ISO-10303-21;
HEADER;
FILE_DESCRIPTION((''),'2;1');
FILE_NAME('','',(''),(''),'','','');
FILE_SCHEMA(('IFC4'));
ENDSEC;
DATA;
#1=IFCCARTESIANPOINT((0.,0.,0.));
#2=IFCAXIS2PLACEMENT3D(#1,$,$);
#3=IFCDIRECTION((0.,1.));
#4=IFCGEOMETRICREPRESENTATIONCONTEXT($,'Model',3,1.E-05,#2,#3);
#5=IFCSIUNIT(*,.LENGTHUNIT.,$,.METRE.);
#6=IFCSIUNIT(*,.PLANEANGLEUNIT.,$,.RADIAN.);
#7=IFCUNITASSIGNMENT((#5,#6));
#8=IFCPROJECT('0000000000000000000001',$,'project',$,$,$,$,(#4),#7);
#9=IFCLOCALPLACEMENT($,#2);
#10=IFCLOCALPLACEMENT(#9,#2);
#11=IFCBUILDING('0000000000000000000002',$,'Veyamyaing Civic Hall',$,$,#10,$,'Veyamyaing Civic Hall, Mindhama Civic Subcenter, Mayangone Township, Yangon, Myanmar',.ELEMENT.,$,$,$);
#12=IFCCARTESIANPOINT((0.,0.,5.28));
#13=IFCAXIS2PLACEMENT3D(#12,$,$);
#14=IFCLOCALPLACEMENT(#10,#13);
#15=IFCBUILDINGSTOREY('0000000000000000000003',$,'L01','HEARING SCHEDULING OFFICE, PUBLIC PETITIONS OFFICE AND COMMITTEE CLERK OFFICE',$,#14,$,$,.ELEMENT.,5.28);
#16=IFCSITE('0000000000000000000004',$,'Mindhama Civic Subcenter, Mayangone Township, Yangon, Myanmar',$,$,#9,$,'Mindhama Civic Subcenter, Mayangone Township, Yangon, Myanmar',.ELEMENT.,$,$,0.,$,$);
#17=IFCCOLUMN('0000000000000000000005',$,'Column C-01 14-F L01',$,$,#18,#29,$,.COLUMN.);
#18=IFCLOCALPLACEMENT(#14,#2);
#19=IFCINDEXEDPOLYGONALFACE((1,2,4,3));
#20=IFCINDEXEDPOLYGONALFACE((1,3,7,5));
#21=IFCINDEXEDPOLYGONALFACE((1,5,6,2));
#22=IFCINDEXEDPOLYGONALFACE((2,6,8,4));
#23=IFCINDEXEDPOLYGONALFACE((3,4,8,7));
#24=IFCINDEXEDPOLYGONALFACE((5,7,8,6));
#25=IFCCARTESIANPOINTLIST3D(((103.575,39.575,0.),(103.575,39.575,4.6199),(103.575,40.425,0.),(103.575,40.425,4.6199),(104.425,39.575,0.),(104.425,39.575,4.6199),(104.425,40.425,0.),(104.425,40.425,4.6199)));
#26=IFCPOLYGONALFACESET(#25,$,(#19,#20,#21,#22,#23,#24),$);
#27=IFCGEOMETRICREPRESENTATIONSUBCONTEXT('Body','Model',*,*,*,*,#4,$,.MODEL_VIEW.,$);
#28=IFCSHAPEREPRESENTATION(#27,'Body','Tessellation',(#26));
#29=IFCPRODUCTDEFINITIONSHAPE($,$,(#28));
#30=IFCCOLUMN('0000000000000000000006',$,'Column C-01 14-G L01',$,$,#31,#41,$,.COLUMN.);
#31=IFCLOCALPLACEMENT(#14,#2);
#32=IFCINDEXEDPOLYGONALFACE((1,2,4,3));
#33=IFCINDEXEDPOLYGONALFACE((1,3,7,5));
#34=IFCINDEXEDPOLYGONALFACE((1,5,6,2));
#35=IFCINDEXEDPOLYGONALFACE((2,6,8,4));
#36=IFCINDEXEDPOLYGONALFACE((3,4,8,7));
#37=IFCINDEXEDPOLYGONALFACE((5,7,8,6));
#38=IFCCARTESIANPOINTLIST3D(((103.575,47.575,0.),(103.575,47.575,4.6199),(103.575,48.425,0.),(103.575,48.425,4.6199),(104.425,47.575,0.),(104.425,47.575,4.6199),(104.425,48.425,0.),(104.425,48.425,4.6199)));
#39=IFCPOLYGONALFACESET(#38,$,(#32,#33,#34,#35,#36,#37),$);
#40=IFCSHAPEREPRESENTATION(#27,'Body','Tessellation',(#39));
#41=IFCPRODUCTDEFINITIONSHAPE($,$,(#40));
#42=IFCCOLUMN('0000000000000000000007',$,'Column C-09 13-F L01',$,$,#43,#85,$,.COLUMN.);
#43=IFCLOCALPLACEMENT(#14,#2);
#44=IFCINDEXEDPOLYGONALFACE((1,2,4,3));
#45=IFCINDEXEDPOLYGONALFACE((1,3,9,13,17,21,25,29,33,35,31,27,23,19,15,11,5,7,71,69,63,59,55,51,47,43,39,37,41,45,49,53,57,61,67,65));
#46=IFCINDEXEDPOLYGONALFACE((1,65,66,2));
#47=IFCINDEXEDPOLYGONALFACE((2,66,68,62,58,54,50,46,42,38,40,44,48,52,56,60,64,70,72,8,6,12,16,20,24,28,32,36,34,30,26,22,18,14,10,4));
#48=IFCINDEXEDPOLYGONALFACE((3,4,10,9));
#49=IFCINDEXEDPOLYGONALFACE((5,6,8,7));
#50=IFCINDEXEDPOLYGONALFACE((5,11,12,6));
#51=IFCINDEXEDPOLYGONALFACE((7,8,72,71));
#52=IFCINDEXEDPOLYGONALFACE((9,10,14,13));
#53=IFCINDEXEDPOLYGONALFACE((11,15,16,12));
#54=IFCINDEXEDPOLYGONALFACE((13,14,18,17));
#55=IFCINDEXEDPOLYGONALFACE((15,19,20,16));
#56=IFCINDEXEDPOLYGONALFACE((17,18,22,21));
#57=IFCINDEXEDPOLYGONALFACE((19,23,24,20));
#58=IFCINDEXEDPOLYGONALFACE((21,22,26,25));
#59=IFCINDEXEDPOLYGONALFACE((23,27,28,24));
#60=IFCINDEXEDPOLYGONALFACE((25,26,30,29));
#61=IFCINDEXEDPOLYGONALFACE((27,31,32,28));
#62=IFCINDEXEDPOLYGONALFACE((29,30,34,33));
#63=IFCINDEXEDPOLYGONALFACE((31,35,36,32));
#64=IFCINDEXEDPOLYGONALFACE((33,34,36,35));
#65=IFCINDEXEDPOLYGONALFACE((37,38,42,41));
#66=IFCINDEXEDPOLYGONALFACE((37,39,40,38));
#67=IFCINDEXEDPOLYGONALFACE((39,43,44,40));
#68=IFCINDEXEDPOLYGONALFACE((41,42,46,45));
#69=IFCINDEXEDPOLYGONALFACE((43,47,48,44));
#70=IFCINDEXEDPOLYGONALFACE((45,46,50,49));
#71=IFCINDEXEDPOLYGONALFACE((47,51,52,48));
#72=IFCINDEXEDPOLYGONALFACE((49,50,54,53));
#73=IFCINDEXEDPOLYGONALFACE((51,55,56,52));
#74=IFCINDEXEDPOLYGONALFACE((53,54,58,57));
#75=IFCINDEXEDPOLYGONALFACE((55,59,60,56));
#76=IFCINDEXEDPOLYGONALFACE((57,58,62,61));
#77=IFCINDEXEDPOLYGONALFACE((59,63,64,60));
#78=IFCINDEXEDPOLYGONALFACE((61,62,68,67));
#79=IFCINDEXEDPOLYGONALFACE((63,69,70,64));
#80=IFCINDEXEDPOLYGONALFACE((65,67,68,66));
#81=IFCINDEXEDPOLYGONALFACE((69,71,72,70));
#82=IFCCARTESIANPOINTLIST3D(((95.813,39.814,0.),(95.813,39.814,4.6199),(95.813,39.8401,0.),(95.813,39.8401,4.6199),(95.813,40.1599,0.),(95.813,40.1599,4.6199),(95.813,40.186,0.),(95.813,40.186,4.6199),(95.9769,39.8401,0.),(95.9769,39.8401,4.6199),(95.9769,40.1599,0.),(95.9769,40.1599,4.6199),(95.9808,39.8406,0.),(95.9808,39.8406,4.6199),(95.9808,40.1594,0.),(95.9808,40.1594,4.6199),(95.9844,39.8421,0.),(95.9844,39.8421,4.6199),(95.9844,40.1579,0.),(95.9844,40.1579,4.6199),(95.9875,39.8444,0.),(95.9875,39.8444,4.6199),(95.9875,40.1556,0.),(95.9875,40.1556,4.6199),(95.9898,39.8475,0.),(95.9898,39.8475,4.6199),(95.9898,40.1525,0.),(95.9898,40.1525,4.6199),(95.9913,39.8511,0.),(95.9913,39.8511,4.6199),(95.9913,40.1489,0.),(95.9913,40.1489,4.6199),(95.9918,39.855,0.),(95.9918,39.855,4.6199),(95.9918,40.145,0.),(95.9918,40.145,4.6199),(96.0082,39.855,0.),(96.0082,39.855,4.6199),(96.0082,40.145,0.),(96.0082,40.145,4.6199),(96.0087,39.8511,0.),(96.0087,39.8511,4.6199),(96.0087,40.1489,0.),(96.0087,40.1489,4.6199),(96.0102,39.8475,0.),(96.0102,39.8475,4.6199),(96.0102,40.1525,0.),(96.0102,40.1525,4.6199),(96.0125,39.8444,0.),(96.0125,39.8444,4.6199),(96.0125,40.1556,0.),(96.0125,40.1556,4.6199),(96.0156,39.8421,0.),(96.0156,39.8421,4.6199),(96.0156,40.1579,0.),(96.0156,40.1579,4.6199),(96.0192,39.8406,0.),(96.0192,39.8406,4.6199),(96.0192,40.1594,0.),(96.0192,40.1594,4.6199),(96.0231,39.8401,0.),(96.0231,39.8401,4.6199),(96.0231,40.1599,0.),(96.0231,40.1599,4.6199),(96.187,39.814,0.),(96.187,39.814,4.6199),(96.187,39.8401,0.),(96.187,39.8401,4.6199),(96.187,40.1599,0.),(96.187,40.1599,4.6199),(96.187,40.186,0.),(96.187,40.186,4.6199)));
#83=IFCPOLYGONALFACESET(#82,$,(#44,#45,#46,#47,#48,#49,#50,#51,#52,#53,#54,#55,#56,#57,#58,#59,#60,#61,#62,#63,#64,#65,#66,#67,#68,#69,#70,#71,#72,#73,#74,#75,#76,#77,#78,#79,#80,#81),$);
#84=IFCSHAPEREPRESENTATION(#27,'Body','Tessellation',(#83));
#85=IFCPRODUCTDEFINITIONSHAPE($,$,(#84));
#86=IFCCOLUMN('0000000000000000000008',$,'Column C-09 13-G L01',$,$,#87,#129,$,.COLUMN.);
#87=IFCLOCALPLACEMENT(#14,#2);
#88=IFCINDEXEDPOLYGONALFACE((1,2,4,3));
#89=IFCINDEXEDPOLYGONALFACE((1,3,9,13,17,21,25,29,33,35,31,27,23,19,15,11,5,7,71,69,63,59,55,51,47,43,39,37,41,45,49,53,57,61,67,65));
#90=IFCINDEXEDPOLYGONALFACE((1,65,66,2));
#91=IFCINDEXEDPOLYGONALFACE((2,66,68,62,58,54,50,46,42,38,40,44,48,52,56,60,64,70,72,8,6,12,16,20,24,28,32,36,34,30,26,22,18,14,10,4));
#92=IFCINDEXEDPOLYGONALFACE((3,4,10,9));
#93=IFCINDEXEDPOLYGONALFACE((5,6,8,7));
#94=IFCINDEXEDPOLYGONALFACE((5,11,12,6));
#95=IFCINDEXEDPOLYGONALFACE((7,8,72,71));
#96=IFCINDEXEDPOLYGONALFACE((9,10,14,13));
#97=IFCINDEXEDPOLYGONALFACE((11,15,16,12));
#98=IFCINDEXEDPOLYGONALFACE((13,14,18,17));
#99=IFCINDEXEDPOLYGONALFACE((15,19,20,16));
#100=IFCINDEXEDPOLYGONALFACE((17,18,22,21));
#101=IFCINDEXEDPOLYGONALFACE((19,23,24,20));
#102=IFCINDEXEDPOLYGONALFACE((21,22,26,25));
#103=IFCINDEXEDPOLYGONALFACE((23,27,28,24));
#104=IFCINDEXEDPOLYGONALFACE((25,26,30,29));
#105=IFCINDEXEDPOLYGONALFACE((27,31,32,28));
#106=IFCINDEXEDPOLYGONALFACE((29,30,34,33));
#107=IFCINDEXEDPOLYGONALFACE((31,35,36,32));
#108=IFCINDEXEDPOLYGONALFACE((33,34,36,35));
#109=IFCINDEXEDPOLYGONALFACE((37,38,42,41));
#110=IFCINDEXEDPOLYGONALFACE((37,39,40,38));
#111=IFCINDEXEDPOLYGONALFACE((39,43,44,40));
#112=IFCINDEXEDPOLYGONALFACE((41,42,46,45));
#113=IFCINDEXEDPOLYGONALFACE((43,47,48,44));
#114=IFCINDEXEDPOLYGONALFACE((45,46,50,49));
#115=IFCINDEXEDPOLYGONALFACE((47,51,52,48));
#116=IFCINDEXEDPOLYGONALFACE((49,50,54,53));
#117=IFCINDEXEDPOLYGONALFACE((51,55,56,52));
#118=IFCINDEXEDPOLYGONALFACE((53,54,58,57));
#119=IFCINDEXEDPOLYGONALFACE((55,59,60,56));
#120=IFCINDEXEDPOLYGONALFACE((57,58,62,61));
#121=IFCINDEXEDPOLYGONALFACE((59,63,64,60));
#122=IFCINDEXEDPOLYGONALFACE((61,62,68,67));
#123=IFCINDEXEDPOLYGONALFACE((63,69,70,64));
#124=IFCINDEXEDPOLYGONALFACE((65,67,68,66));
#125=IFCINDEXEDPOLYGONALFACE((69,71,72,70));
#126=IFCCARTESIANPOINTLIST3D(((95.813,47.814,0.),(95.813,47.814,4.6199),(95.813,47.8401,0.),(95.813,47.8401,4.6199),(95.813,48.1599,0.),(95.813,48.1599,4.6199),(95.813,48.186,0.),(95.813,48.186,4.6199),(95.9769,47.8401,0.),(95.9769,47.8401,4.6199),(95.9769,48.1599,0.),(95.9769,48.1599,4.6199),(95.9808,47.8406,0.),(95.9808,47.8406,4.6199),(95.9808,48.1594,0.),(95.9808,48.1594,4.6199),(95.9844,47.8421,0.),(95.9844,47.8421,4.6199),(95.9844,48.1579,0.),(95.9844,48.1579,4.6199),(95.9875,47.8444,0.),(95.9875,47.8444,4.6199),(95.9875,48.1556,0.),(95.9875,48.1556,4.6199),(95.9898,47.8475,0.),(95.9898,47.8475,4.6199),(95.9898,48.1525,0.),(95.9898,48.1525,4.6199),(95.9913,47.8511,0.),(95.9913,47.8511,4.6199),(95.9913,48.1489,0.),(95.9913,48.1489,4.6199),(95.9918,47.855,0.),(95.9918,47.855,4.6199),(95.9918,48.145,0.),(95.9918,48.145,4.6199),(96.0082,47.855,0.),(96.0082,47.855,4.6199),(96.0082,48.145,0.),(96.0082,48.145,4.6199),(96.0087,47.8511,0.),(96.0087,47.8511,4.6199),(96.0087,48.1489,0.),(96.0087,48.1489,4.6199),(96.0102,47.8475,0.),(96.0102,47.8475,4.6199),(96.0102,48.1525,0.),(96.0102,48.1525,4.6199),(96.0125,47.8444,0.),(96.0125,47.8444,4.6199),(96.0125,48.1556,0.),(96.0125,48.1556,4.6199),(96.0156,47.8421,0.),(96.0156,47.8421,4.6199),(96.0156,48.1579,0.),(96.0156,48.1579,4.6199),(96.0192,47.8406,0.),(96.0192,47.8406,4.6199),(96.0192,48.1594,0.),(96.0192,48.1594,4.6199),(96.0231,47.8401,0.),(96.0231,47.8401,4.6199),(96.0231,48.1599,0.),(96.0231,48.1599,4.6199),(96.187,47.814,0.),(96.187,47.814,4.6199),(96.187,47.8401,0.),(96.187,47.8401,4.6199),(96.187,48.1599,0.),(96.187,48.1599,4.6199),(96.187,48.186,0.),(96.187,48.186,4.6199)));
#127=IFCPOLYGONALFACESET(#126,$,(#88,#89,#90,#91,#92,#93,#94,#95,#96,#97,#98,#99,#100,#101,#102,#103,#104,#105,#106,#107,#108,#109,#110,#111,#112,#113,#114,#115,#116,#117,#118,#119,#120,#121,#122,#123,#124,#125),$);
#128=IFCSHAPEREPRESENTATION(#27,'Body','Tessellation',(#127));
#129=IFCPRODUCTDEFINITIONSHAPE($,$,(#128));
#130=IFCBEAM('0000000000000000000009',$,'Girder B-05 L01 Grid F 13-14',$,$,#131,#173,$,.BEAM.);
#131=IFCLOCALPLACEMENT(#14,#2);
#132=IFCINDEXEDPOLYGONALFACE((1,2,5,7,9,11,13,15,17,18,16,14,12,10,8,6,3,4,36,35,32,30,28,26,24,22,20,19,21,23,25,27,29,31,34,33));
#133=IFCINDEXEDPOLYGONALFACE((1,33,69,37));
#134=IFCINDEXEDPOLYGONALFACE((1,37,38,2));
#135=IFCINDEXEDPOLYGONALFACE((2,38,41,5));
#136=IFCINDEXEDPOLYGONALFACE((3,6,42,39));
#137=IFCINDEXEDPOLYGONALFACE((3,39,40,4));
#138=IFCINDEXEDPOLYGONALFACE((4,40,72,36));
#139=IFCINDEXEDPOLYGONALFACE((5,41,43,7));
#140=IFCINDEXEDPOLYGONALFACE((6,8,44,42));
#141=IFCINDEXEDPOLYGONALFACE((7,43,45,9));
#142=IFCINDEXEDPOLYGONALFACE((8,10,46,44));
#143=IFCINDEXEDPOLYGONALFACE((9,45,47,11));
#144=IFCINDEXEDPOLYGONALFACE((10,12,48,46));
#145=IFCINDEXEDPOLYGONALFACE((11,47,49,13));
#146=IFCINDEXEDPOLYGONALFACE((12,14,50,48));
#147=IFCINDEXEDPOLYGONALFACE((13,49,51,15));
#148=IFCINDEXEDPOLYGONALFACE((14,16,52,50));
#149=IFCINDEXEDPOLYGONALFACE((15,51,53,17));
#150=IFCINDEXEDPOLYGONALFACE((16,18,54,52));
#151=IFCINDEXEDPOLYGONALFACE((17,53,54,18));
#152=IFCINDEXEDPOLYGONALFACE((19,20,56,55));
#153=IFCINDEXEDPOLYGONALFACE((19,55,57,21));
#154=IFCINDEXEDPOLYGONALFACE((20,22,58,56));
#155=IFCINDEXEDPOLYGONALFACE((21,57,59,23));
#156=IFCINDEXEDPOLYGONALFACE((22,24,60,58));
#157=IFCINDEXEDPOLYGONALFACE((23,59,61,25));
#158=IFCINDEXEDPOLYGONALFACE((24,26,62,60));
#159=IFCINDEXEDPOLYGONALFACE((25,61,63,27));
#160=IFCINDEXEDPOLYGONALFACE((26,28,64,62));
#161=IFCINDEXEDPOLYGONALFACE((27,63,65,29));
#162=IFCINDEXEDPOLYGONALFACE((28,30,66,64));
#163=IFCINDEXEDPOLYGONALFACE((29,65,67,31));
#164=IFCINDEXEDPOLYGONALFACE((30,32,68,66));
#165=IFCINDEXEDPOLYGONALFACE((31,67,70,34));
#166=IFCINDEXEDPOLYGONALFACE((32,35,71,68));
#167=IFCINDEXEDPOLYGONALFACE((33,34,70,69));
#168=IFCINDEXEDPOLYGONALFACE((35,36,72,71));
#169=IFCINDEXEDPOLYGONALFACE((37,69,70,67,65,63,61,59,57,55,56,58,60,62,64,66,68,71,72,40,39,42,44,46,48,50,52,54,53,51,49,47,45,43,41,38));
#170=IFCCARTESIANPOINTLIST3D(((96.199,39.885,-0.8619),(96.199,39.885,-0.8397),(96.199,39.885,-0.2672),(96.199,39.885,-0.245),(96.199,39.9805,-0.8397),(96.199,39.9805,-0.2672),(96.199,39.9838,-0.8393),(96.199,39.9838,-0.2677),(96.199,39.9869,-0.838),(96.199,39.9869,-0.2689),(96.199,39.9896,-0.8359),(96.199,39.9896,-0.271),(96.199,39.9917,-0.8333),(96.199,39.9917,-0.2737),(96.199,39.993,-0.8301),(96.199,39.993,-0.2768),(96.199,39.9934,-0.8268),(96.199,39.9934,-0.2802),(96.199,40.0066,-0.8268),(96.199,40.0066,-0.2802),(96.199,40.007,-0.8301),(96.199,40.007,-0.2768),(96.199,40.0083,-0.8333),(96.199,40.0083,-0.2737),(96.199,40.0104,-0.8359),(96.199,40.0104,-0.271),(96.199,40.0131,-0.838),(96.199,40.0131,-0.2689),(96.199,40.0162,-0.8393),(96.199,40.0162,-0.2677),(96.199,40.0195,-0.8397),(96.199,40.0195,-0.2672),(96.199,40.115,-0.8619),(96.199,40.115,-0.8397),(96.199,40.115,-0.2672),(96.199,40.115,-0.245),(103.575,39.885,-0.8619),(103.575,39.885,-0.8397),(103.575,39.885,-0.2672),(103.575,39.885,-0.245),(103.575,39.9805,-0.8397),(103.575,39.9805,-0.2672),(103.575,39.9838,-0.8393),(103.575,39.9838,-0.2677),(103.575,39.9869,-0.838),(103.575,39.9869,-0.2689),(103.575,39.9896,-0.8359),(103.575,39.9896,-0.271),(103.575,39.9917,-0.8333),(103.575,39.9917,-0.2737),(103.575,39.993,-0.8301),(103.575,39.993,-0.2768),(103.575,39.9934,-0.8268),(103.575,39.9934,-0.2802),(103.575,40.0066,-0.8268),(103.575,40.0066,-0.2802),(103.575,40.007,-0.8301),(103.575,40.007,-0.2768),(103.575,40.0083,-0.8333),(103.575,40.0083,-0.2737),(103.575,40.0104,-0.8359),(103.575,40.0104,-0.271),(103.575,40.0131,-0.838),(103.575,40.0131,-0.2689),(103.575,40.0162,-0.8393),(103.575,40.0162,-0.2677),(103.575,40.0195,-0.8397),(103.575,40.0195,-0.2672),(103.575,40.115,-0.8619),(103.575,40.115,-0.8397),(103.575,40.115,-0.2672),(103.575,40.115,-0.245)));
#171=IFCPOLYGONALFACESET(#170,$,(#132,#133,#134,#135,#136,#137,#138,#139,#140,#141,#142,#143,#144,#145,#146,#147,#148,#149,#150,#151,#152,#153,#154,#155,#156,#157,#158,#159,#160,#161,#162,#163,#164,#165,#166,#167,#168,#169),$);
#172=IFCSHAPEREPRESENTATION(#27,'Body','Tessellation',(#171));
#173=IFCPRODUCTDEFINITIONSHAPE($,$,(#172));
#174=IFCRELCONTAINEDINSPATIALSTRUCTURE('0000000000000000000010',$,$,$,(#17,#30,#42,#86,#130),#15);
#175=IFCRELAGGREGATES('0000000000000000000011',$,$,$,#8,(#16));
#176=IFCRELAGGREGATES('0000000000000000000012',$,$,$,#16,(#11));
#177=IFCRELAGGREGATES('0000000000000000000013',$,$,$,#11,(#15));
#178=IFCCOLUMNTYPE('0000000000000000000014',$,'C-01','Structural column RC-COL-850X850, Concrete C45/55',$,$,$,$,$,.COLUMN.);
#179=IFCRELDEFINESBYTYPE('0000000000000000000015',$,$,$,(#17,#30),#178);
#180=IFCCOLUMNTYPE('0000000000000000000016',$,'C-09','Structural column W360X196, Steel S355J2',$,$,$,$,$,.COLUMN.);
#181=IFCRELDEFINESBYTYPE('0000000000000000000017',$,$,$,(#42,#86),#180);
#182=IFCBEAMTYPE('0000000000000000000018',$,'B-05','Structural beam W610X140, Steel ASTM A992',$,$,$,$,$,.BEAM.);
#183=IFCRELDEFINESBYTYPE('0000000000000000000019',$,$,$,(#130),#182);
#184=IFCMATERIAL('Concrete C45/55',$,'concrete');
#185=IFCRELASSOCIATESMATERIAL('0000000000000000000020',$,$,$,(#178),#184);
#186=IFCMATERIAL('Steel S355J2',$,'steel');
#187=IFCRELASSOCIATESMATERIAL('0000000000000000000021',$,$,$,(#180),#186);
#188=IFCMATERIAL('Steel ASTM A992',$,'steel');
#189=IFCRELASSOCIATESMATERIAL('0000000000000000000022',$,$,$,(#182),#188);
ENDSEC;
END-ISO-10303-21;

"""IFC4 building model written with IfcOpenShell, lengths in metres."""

from ifc_helpers import new_model, si_unit, direction, frame, origin, origin_2d, place, context, subcontext, project, spatial, rectangle, i_section, extrude, material, material_profile, profile_set, type_object, element, save


model = new_model("IFC4")

# Units and contexts
model_context = context("Model", 3, precision=1e-05, world=origin(), true_north=direction((0.0, 1.0)))
body_context = subcontext(model_context, "Body", "Model", "MODEL_VIEW")
ifc_project = project(units=[si_unit("LENGTHUNIT", "METRE"), si_unit("PLANEANGLEUNIT", "RADIAN")], contexts=[model_context])

# Site, building, storey
site_placement = place(None, origin())
site = spatial("IfcSite", under=ifc_project, at=site_placement, Name="Mindhama Civic Subcenter, Mayangone Township, Yangon, Myanmar", LongName="Mindhama Civic Subcenter, Mayangone Township, Yangon, Myanmar", CompositionType="ELEMENT", RefElevation=0.0)
building_placement = place(site_placement, origin())
building = spatial("IfcBuilding", under=site, at=building_placement, Name="Veyamyaing Civic Hall", LongName="Veyamyaing Civic Hall, Mindhama Civic Subcenter, Mayangone Township, Yangon, Myanmar", CompositionType="ELEMENT")
storey_placement = place(building_placement, frame((0.0, 0.0, 5.28)))
storey = spatial("IfcBuildingStorey", under=building, at=storey_placement, Name="L01", Description="HEARING SCHEDULING OFFICE, PUBLIC PETITIONS OFFICE AND COMMITTEE CLERK OFFICE", CompositionType="ELEMENT", Elevation=5.28)

# Columns
ifc_material_1 = material(Name="Concrete C45/55", Category="concrete")
ifc_material_profile_1 = material_profile(ifc_material_1, rectangle(XDim=0.8501, YDim=0.8501, at=origin_2d()), Name="RC-COL-850X850")
ifc_profile_set_1 = profile_set([ifc_material_profile_1], Name="Concrete C45/55")
column_type_1 = type_object("IfcColumnType", Name="C-01", Description="Structural column RC-COL-850X850, Concrete C45/55", PredefinedType="COLUMN", material=ifc_profile_set_1)
for number, where, z_axis, x_axis, name in (
    (1, (104.0, 40.0, 0.0), (0.0, 0.0, 1.0), (1.0, 0.0, 0.0), "Column C-01 14-F L01"),
    (2, (104.0, 48.0, 0.0), (0.0, 0.0, 1.0), (1.0, 0.0, 0.0), "Column C-01 14-G L01"),
):
    element("IfcColumn", number, at=place(storey_placement, frame(where, z_axis=z_axis, x_axis=x_axis)), inside=storey, type_object=column_type_1, Name=name, PredefinedType="COLUMN", context=body_context, shape_type="SweptSolid", body=[
        extrude(rectangle(XDim=0.8501, YDim=0.8501, at=origin_2d()), origin(), (0.0, 0.0, 1.0), 4.6199),
    ])
ifc_material_2 = material(Name="Steel S355J2", Category="steel")
ifc_material_profile_2 = material_profile(ifc_material_2, i_section(OverallWidth=0.374, OverallDepth=0.3721, WebThickness=0.0164, FlangeThickness=0.0261, FilletRadius=0.0149, at=origin_2d()), Name="W360X196")
ifc_profile_set_2 = profile_set([ifc_material_profile_2], Name="Steel S355J2")
column_type_2 = type_object("IfcColumnType", Name="C-09", Description="Structural column W360X196, Steel S355J2", PredefinedType="COLUMN", material=ifc_profile_set_2)
for number, where, z_axis, x_axis, name in (
    (3, (96.0, 40.0, 0.0), (0.0, 0.0, 1.0), (1.0, 0.0, 0.0), "Column C-09 13-F L01"),
    (4, (96.0, 48.0, 0.0), (0.0, 0.0, 1.0), (1.0, 0.0, 0.0), "Column C-09 13-G L01"),
):
    element("IfcColumn", number, at=place(storey_placement, frame(where, z_axis=z_axis, x_axis=x_axis)), inside=storey, type_object=column_type_2, Name=name, PredefinedType="COLUMN", context=body_context, shape_type="SweptSolid", body=[
        extrude(i_section(OverallWidth=0.374, OverallDepth=0.3721, WebThickness=0.0164, FlangeThickness=0.0261, FilletRadius=0.0149, at=origin_2d()), origin(), (0.0, 0.0, 1.0), 4.6199),
    ])

# Beam
ifc_material_3 = material(Name="Steel ASTM A992", Category="steel")
ifc_material_profile_3 = material_profile(ifc_material_3, i_section(OverallWidth=0.23, OverallDepth=0.6169, WebThickness=0.0132, FlangeThickness=0.0222, FilletRadius=0.0129, at=origin_2d()), Name="W610X140")
ifc_profile_set_3 = profile_set([ifc_material_profile_3], Name="Steel ASTM A992")
beam_type_1 = type_object("IfcBeamType", Name="B-05", Description="Structural beam W610X140, Steel ASTM A992", PredefinedType="BEAM", material=ifc_profile_set_3)
beam_1_placement = place(storey_placement, frame((96.199, 40.0, -0.5535), z_axis=(1.0, 0.0, 0.0), x_axis=(0.0, 1.0, 0.0)))
element("IfcBeam", 5, at=beam_1_placement, inside=storey, type_object=beam_type_1, Name="Girder B-05 L01 Grid F 13-14", PredefinedType="BEAM", context=body_context, shape_type="SweptSolid", body=[
    extrude(i_section(OverallWidth=0.23, OverallDepth=0.6169, WebThickness=0.0132, FlangeThickness=0.0222, FilletRadius=0.0129, at=origin_2d()), origin(), (0.0, 0.0, 1.0), 7.376),
])

save(model, "model.ifc")
